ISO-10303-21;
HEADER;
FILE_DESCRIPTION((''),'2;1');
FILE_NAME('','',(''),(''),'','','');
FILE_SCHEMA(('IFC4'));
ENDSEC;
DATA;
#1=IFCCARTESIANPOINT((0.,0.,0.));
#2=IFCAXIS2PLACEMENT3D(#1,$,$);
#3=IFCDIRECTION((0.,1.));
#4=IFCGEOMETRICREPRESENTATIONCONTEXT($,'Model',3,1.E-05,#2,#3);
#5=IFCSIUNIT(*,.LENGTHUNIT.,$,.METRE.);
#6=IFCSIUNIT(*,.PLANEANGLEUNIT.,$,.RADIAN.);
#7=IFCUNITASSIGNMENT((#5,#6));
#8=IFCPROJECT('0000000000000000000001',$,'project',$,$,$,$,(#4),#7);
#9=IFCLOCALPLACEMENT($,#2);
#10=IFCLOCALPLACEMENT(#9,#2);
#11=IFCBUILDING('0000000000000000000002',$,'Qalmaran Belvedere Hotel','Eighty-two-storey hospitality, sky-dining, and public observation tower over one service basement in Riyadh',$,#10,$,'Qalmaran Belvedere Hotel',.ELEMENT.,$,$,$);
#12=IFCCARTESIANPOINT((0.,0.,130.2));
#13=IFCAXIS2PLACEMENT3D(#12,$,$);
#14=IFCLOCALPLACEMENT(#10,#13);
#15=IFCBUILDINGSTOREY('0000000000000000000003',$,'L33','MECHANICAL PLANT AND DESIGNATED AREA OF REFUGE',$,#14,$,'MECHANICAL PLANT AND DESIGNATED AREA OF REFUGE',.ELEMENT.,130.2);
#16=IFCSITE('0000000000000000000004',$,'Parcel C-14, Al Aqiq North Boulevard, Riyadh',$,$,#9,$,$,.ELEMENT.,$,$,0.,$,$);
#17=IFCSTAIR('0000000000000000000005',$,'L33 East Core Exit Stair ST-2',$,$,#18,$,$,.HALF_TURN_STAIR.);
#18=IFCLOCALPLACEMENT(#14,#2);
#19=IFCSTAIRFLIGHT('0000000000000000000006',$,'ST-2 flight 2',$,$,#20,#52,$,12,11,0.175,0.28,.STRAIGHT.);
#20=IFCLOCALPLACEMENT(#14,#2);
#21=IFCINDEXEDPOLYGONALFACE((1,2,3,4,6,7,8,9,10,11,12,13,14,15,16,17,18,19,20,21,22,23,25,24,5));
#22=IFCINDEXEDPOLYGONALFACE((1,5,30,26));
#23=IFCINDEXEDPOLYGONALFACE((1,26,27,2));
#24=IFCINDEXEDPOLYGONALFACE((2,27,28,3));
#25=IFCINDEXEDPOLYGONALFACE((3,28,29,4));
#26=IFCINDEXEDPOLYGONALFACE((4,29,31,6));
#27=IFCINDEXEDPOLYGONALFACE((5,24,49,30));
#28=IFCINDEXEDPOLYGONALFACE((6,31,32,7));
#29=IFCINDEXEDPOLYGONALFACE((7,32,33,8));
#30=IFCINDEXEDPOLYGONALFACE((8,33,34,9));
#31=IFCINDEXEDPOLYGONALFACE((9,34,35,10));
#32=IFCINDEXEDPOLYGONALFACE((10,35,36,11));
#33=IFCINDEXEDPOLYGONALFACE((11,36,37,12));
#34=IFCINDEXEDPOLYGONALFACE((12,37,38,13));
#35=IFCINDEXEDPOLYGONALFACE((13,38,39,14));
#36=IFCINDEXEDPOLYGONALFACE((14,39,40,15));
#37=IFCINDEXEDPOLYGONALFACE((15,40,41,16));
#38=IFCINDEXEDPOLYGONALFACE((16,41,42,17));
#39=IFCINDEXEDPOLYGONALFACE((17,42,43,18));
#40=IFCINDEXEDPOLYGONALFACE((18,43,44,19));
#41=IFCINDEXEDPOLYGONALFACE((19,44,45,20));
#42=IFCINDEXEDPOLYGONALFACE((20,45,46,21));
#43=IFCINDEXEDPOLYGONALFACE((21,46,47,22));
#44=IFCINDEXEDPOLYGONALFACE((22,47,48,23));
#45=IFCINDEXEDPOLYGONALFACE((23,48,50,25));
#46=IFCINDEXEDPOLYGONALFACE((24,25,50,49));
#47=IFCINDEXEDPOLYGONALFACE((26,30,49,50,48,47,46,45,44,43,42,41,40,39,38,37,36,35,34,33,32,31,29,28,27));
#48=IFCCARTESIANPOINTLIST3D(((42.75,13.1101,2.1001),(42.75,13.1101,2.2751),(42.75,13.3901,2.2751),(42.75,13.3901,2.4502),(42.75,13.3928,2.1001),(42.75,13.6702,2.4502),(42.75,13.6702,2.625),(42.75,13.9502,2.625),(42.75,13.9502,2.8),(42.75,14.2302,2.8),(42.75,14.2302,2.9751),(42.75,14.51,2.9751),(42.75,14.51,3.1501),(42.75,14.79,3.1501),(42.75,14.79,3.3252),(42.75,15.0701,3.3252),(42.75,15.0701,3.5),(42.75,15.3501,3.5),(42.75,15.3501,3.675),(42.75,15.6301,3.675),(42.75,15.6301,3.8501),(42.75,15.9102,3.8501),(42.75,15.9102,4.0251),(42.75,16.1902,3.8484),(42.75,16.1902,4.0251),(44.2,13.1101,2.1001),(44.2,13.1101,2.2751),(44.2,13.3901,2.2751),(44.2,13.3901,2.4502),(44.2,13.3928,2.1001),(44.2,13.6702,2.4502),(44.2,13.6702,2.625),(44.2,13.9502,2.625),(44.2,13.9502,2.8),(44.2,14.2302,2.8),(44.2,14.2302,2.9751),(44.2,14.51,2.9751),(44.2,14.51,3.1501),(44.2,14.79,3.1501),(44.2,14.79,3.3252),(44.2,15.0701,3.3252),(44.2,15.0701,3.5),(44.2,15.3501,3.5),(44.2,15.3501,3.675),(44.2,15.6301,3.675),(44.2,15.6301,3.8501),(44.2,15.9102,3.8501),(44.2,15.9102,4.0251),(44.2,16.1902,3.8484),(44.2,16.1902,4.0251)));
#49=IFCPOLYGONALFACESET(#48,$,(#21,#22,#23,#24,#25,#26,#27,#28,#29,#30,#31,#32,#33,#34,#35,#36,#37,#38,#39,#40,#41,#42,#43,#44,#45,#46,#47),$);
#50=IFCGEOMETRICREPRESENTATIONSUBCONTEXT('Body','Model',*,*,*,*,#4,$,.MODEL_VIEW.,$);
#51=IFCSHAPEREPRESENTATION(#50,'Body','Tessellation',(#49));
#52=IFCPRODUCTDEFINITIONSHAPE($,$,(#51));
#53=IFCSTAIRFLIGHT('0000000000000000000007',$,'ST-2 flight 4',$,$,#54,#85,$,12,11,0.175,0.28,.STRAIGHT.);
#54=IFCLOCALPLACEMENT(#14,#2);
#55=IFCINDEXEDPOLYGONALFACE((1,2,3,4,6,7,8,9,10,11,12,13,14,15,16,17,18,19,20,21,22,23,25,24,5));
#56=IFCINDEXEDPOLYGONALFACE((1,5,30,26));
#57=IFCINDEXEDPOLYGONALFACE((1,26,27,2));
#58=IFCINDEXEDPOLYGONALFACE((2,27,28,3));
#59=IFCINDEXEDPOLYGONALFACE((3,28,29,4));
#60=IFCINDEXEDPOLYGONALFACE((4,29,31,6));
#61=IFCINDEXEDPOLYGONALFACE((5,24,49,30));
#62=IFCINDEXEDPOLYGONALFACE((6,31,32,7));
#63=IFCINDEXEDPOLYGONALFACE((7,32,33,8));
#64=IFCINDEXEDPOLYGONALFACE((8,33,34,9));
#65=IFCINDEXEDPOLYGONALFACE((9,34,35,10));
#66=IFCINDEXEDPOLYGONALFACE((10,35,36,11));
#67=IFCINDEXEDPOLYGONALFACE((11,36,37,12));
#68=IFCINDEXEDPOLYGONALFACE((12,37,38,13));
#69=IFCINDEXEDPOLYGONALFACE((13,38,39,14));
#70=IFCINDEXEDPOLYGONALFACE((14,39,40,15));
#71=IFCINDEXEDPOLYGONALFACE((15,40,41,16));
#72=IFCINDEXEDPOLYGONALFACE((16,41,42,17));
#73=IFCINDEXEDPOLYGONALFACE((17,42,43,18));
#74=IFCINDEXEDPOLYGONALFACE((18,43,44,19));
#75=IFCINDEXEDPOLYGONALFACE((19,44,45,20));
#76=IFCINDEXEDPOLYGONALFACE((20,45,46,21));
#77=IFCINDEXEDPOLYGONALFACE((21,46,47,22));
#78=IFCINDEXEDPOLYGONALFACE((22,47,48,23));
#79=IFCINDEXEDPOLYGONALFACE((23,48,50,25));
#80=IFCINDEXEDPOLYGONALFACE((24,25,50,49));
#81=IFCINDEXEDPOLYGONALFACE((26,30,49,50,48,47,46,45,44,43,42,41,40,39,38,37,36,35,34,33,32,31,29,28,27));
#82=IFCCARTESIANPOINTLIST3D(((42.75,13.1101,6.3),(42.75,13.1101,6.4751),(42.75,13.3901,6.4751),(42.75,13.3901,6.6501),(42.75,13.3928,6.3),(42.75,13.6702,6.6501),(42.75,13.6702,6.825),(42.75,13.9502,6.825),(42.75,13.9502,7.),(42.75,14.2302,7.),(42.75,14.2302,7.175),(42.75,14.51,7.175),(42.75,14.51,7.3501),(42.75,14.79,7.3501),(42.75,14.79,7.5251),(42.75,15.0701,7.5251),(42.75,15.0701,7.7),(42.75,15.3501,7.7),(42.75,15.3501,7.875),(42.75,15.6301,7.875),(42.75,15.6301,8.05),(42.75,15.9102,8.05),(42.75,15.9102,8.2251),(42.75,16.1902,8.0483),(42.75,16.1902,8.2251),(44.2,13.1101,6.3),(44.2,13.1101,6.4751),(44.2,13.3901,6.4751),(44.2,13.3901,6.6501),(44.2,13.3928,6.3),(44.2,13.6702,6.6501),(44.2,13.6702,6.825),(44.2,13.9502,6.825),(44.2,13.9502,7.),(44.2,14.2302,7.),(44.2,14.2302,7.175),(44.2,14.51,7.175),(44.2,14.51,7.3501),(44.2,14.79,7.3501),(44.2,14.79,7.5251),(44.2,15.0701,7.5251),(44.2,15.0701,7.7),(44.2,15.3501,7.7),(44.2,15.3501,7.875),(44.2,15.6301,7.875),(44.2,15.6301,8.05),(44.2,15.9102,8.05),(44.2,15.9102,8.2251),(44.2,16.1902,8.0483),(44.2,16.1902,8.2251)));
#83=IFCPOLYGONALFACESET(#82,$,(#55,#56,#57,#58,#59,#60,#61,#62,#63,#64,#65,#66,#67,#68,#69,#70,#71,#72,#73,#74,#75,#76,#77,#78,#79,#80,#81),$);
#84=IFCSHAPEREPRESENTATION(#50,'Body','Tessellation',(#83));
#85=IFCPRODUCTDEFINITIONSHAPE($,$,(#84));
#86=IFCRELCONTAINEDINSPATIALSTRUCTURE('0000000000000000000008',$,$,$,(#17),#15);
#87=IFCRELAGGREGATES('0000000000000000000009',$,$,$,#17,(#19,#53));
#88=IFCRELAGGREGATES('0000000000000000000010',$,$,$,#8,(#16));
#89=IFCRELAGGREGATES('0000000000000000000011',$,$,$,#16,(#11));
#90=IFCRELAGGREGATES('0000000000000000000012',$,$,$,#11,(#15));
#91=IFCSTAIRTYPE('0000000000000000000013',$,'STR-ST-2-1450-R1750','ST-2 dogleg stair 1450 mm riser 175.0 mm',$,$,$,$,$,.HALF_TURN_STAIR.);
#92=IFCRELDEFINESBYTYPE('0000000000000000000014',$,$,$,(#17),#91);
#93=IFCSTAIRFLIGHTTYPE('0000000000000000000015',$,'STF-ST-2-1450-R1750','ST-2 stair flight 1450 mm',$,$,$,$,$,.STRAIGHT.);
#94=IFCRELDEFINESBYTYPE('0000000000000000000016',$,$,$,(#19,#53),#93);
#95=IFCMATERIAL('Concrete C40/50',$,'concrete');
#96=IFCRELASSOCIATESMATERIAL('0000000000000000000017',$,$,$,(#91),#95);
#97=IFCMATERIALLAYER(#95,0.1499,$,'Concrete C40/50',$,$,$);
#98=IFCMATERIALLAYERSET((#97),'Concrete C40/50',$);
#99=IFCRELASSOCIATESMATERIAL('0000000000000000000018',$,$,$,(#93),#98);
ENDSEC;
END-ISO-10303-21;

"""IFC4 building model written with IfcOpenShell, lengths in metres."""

from ifc_helpers import new_model, si_unit, direction, frame, origin, place, context, subcontext, project, spatial, polyline, outline, extrude, material, layer, layer_set, type_object, element, aggregate, save


model = new_model("IFC4")

# Units and contexts
model_context = context("Model", 3, precision=1e-05, world=origin(), true_north=direction((0.0, 1.0)))
body_context = subcontext(model_context, "Body", "Model", "MODEL_VIEW")
ifc_project = project(units=[si_unit("LENGTHUNIT", "METRE"), si_unit("PLANEANGLEUNIT", "RADIAN")], contexts=[model_context])

# Site, building, storey
site_placement = place(None, origin())
site = spatial("IfcSite", under=ifc_project, at=site_placement, Name="Parcel C-14, Al Aqiq North Boulevard, Riyadh", CompositionType="ELEMENT", RefElevation=0.0)
building_placement = place(site_placement, origin())
building = spatial("IfcBuilding", under=site, at=building_placement, Name="Qalmaran Belvedere Hotel", Description="Eighty-two-storey hospitality, sky-dining, and public observation tower over one service basement in Riyadh", LongName="Qalmaran Belvedere Hotel", CompositionType="ELEMENT")
storey_placement = place(building_placement, frame((0.0, 0.0, 130.2)))
storey = spatial("IfcBuildingStorey", under=building, at=storey_placement, Name="L33", Description="MECHANICAL PLANT AND DESIGNATED AREA OF REFUGE", LongName="MECHANICAL PLANT AND DESIGNATED AREA OF REFUGE", CompositionType="ELEMENT", Elevation=130.2)

# Stair, stair flights
ifc_material_1 = material(Name="Concrete C40/50", Category="concrete")
stair_type = type_object("IfcStairType", Name="STR-ST-2-1450-R1750", Description="ST-2 dogleg stair 1450 mm riser 175.0 mm", PredefinedType="HALF_TURN_STAIR", material=ifc_material_1)
stair_placement = place(storey_placement, origin())
stair = element("IfcStair", 1, at=stair_placement, inside=storey, type_object=stair_type, Name="L33 East Core Exit Stair ST-2", PredefinedType="HALF_TURN_STAIR")
ifc_layer_1 = layer(ifc_material_1, 0.1499, Name="Concrete C40/50")
ifc_layer_set_1 = layer_set([ifc_layer_1], Name="Concrete C40/50")
stair_flight_type = type_object("IfcStairFlightType", Name="STF-ST-2-1450-R1750", Description="ST-2 stair flight 1450 mm", PredefinedType="STRAIGHT", material=ifc_layer_set_1)
stair_flight_1_placement = place(storey_placement, frame((43.4751, 13.1101, 2.1001), z_axis=(0.0, 0.0, 1.0), x_axis=(0.0, 1.0, 0.0)))
stair_flight_1 = element("IfcStairFlight", 2, at=stair_flight_1_placement, type_object=stair_flight_type, Name="ST-2 flight 2", NumberOfRisers=12, NumberOfTreads=11, PredefinedType="STRAIGHT", RiserHeight=0.175, TreadLength=0.28, context=body_context, shape_type="SweptSolid", body=[
    extrude(outline(polyline([(0.0, 0.0), (0.0, 0.175), (0.28, 0.175), (0.28, 0.3501), (0.5601, 0.3501), (0.5601, 0.5249), (0.8401, 0.5249), (0.8401, 0.7), (1.1201, 0.7), (1.1201, 0.875), (1.3999, 0.875), (1.3999, 1.05), (1.6799, 1.05), (1.6799, 1.2251), (1.96, 1.2251), (1.96, 1.3999), (2.24, 1.3999), (2.24, 1.575), (2.52, 1.575), (2.52, 1.75), (2.8, 1.75), (2.8, 1.925), (3.0801, 1.925), (3.0801, 2.1001), (3.0801, 1.7483), (0.2827, 0.0), (0.0, 0.0)])), frame((0.0, 0.7251, 0.0), z_axis=(0.0, -1.0, 0.0), x_axis=(1.0, 0.0, 0.0)), (0.0, 0.0, 1.0), 1.45),
])
stair_flight_2_placement = place(storey_placement, frame((43.4751, 13.1101, 6.3), z_axis=(0.0, 0.0, 1.0), x_axis=(0.0, 1.0, 0.0)))
stair_flight_2 = element("IfcStairFlight", 3, at=stair_flight_2_placement, type_object=stair_flight_type, Name="ST-2 flight 4", NumberOfRisers=12, NumberOfTreads=11, PredefinedType="STRAIGHT", RiserHeight=0.175, TreadLength=0.28, context=body_context, shape_type="SweptSolid", body=[
    extrude(outline(polyline([(0.0, 0.0), (0.0, 0.175), (0.28, 0.175), (0.28, 0.3501), (0.5601, 0.3501), (0.5601, 0.5249), (0.8401, 0.5249), (0.8401, 0.7), (1.1201, 0.7), (1.1201, 0.875), (1.3999, 0.875), (1.3999, 1.05), (1.6799, 1.05), (1.6799, 1.2251), (1.96, 1.2251), (1.96, 1.3999), (2.24, 1.3999), (2.24, 1.575), (2.52, 1.575), (2.52, 1.75), (2.8, 1.75), (2.8, 1.925), (3.0801, 1.925), (3.0801, 2.1001), (3.0801, 1.7483), (0.2827, 0.0), (0.0, 0.0)])), frame((0.0, 0.7251, 0.0), z_axis=(0.0, -1.0, 0.0), x_axis=(1.0, 0.0, 0.0)), (0.0, 0.0, 1.0), 1.45),
])
aggregate(stair, [stair_flight_1, stair_flight_2])

save(model, "model.ifc")
